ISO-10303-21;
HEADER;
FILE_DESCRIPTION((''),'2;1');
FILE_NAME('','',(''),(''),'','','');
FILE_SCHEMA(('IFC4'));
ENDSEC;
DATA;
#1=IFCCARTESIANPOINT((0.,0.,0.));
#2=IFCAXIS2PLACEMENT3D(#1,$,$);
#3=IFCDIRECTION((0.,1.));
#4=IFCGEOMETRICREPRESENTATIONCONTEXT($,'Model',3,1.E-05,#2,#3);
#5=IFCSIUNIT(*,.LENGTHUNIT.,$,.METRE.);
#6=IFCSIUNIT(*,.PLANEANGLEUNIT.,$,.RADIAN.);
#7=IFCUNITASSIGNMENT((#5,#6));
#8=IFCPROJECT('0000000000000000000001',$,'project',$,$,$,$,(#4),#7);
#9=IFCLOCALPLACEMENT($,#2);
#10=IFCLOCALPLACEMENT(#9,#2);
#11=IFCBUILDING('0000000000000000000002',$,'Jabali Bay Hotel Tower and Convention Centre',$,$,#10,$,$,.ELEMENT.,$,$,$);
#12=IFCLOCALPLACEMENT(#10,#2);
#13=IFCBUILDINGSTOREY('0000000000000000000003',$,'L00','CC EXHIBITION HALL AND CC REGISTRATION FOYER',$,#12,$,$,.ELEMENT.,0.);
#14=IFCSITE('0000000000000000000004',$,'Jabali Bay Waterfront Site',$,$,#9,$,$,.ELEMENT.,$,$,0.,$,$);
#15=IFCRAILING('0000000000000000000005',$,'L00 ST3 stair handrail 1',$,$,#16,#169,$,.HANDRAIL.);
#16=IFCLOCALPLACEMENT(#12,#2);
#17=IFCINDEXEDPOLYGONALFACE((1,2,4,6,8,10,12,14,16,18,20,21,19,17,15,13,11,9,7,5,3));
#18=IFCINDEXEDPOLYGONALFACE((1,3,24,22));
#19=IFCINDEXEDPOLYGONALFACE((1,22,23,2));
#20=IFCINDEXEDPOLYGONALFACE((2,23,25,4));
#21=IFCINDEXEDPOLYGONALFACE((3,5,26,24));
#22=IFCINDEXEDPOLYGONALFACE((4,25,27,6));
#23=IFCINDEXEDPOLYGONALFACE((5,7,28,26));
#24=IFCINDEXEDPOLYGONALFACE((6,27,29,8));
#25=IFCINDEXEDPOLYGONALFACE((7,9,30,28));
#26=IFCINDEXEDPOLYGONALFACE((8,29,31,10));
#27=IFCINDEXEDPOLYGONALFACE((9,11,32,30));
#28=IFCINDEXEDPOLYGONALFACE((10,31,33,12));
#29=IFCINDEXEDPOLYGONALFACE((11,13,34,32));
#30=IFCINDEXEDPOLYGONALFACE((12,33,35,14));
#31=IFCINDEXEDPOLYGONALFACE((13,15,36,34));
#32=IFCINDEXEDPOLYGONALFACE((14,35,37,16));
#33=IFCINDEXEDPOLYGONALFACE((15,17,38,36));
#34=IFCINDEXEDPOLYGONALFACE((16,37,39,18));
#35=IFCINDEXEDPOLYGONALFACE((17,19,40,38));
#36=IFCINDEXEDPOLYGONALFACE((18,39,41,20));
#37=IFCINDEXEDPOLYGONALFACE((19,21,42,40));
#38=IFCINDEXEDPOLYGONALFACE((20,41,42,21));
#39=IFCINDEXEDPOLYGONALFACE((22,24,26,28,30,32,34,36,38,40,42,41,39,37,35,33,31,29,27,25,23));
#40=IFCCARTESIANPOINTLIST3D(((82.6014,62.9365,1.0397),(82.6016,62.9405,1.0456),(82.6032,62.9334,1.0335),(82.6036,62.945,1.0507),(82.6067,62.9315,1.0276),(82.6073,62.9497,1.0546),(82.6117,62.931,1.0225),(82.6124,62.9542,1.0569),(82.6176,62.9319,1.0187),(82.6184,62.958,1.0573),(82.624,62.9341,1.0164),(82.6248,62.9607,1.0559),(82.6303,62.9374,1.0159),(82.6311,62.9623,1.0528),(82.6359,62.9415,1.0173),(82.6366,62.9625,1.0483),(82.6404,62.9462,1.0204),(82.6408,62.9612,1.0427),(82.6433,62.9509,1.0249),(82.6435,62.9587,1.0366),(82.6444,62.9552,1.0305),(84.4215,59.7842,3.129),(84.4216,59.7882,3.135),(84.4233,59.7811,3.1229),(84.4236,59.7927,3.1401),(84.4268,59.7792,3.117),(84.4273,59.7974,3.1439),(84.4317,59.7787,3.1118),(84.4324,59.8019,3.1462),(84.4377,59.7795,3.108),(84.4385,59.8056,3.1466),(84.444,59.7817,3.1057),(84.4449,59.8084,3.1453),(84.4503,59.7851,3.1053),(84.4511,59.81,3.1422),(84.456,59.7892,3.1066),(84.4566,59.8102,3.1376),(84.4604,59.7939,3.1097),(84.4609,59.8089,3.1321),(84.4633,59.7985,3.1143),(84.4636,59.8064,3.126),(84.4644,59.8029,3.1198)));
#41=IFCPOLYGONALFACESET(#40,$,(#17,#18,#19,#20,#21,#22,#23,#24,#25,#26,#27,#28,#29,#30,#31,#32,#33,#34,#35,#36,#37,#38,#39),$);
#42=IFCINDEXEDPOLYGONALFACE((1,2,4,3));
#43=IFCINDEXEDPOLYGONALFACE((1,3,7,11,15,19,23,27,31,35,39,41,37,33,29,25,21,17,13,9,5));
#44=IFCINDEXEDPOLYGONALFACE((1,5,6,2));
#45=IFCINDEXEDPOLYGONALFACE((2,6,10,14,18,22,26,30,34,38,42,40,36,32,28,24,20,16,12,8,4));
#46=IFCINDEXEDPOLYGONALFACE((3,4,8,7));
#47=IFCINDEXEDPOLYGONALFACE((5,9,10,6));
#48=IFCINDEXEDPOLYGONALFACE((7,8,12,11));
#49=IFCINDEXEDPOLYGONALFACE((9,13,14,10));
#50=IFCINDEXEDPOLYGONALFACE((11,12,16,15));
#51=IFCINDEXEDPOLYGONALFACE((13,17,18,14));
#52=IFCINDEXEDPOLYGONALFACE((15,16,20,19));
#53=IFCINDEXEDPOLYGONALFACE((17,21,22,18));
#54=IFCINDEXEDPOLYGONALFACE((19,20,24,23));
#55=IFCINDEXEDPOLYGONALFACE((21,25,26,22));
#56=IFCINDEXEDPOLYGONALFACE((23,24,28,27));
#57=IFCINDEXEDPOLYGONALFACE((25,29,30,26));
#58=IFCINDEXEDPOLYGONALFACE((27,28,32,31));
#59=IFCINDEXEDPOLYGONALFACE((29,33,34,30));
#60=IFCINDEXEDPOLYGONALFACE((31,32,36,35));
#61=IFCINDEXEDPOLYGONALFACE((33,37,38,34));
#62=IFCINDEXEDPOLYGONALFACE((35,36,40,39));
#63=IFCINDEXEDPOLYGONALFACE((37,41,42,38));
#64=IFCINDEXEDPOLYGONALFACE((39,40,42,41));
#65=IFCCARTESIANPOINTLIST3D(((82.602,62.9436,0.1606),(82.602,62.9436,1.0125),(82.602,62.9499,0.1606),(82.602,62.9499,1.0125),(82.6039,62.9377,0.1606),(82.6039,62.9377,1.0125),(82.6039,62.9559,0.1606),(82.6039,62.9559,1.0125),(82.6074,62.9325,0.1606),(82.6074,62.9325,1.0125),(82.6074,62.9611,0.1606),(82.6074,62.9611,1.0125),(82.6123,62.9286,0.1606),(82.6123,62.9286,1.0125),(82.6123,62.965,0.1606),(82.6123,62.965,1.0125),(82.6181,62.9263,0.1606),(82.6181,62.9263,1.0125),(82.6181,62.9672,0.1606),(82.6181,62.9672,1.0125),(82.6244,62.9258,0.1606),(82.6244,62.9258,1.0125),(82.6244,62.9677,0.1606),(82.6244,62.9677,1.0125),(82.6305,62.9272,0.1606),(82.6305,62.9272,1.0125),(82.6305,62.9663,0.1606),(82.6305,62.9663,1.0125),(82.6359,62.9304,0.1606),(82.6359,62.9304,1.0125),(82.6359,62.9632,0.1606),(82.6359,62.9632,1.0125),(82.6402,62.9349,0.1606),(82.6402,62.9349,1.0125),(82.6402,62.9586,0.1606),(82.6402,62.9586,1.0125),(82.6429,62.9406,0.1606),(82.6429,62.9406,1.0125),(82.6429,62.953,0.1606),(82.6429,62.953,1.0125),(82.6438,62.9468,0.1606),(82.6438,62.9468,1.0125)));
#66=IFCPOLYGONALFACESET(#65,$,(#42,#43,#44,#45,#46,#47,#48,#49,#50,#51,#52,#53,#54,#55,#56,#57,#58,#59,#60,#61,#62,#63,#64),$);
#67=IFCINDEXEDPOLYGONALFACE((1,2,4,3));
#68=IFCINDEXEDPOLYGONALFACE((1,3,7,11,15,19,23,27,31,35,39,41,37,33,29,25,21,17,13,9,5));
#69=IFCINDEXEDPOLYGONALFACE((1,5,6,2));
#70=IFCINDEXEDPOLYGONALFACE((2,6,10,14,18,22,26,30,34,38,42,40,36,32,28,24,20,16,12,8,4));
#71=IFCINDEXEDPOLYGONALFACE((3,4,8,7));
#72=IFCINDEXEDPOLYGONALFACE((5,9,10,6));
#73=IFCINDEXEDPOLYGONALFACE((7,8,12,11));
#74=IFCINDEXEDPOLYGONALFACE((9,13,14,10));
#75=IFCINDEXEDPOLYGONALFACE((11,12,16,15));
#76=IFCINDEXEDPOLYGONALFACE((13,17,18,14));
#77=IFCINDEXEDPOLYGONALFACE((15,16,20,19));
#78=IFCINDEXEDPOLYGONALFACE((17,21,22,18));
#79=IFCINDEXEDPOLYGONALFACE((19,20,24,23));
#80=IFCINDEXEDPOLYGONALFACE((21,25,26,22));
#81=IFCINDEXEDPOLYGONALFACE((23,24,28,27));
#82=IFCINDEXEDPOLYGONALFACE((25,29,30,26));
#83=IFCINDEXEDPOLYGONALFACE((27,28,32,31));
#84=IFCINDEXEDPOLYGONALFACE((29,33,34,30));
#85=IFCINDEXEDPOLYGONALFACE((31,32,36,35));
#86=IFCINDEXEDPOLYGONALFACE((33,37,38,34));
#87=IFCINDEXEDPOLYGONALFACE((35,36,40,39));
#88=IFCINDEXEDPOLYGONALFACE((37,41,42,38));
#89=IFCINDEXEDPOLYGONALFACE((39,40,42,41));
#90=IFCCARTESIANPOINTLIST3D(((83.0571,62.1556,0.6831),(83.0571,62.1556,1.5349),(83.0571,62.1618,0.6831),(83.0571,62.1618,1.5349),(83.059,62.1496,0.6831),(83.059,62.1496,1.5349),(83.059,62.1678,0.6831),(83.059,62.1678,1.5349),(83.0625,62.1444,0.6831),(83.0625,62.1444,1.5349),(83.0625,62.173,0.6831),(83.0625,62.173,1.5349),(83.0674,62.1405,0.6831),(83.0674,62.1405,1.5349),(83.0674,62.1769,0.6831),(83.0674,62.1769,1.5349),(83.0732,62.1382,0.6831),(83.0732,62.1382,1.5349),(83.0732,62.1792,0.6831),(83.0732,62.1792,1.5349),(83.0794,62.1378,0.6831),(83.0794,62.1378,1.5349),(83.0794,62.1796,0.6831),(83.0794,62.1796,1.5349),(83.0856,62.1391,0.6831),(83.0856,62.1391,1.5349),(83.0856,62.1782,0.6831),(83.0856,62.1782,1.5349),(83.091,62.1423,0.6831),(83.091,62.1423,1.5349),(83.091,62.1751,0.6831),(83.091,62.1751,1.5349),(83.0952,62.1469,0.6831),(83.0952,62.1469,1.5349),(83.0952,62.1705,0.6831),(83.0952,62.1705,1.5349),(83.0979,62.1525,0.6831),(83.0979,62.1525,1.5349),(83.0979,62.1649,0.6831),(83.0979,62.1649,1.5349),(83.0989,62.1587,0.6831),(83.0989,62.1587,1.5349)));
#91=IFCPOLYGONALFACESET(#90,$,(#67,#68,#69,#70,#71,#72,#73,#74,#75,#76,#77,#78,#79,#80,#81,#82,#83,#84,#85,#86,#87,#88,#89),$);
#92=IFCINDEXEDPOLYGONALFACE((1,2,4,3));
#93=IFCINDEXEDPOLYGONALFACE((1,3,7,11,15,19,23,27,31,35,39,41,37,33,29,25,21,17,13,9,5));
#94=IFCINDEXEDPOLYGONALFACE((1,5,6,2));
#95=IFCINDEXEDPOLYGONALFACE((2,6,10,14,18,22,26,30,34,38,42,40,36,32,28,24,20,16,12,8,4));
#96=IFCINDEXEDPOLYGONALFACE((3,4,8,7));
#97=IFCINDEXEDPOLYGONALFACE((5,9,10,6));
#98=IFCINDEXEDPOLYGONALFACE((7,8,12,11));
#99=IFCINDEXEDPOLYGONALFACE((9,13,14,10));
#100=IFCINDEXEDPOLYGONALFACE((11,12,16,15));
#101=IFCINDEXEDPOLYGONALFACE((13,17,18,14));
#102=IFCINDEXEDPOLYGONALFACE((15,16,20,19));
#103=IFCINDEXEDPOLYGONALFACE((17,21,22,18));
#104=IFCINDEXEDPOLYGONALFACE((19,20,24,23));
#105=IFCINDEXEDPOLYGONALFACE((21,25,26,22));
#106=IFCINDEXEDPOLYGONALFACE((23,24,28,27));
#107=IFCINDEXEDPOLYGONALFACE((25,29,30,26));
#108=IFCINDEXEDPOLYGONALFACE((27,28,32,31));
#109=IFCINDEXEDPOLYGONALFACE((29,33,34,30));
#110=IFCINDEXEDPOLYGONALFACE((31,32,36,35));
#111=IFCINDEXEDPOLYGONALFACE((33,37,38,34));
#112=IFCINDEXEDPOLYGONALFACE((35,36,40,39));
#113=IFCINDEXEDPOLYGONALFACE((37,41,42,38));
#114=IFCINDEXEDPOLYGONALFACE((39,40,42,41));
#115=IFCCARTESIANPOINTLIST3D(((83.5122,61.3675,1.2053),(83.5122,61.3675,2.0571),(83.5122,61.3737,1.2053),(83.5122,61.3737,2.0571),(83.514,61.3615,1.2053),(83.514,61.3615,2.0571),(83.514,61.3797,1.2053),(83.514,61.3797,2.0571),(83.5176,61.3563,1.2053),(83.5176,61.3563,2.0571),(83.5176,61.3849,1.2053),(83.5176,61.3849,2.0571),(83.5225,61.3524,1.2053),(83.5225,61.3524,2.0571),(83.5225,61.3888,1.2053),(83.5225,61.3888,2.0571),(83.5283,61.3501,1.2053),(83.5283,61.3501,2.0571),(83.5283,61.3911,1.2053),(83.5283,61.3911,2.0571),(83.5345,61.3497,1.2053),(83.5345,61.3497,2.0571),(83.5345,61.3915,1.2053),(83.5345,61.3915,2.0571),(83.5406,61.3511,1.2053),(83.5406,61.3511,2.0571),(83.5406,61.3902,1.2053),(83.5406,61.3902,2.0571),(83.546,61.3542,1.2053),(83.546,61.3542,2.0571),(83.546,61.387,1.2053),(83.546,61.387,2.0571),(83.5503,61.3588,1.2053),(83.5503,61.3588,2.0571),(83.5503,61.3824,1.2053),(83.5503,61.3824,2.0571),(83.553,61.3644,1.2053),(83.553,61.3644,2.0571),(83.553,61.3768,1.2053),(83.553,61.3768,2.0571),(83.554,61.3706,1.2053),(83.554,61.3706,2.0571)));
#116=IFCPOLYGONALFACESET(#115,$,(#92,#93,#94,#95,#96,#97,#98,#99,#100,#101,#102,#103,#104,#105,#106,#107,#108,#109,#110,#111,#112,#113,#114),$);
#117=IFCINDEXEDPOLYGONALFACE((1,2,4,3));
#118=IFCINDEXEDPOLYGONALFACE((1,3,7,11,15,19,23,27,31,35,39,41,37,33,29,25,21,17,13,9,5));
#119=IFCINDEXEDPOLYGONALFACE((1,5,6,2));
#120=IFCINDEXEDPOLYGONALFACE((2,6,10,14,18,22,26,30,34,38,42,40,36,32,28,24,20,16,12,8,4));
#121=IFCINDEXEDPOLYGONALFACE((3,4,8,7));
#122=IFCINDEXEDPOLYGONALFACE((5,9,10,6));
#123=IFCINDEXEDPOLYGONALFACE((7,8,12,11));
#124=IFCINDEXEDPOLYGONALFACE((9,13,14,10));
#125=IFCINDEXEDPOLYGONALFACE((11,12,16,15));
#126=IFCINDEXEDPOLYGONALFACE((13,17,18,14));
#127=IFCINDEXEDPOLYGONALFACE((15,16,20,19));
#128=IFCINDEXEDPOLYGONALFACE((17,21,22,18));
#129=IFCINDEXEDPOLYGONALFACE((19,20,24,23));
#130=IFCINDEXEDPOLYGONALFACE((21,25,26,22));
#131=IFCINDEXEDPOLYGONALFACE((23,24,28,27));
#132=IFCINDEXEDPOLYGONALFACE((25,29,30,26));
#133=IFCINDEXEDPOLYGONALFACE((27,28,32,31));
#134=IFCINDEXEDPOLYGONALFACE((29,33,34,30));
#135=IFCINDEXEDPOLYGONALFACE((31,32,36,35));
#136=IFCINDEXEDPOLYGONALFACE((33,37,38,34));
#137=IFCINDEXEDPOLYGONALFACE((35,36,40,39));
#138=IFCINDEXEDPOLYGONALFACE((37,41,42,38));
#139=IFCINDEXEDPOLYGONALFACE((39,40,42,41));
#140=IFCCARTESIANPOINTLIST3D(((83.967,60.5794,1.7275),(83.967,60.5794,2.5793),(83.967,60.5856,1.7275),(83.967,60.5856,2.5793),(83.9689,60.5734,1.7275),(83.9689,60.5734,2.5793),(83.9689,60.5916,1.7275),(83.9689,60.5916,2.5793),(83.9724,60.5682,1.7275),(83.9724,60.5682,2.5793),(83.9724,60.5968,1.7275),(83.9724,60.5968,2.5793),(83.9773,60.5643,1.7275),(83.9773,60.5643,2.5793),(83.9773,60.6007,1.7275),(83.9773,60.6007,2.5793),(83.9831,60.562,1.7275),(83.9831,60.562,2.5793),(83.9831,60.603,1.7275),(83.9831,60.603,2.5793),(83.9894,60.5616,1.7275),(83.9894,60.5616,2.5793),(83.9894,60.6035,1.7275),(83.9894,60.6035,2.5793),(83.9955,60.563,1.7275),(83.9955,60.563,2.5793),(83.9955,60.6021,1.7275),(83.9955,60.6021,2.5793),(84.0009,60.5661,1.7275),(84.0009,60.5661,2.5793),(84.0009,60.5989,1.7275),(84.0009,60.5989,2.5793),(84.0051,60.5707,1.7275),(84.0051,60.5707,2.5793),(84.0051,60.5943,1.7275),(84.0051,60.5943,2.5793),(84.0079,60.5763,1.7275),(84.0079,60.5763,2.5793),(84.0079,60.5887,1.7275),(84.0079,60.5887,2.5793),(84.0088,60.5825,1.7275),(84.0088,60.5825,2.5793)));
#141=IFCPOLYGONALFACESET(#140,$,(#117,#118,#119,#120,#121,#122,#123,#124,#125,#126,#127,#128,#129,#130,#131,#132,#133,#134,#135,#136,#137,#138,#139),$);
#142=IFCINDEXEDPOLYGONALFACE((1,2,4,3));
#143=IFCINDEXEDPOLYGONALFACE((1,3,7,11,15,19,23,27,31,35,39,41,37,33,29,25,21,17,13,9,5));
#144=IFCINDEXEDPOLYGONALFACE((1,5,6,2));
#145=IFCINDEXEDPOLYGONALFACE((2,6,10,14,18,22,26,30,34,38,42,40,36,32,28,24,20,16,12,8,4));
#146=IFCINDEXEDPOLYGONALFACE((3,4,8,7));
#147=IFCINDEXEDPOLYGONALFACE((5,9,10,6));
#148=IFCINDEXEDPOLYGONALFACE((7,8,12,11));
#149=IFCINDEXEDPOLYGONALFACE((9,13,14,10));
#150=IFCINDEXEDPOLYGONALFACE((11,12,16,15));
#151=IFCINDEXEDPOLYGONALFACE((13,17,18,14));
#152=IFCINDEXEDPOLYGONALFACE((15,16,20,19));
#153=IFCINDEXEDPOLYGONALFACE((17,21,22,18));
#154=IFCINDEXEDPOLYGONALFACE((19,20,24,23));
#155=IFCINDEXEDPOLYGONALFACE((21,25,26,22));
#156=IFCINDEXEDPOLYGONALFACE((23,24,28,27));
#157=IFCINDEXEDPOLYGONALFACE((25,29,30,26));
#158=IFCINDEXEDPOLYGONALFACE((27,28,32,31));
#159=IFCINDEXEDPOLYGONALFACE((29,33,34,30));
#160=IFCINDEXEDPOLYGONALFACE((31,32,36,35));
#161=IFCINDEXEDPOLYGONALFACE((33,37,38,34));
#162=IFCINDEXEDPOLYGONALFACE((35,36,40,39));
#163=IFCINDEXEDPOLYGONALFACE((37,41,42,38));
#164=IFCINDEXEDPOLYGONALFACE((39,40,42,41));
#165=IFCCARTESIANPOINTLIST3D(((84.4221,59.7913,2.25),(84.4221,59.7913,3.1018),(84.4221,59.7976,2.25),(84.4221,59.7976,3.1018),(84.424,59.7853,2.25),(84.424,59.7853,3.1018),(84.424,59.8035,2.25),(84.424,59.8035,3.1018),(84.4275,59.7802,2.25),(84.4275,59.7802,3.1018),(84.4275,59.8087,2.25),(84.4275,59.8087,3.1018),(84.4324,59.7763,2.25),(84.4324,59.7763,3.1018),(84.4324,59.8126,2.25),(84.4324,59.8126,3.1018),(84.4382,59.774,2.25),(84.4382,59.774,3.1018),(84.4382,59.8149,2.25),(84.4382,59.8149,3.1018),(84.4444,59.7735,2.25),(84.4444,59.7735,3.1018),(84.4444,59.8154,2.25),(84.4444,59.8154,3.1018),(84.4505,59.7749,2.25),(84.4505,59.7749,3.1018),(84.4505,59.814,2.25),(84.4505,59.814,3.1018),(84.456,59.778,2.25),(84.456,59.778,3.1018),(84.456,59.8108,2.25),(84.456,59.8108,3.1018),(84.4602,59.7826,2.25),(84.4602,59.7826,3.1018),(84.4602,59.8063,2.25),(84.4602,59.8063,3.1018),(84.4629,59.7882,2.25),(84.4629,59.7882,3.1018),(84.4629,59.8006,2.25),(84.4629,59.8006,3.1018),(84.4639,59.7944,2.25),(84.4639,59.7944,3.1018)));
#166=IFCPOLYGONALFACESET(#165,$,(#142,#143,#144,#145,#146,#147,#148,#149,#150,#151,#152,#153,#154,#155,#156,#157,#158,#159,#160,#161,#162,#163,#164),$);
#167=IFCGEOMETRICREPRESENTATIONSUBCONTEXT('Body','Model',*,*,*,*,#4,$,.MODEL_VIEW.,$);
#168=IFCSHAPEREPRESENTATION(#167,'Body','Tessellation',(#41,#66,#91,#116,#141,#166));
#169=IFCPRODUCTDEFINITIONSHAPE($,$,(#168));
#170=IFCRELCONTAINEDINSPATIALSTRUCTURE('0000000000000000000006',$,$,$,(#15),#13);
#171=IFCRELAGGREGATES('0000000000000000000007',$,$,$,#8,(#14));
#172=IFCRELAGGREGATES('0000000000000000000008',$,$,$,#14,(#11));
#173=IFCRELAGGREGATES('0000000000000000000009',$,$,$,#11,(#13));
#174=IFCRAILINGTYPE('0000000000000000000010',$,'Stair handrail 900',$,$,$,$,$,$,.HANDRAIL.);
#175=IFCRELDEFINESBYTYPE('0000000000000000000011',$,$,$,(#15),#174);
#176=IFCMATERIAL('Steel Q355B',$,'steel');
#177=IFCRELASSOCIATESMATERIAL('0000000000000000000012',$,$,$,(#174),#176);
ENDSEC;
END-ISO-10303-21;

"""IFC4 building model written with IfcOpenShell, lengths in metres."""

from ifc_helpers import new_model, si_unit, direction, frame, origin, origin_2d, place, context, subcontext, project, spatial, circle, extrude, material, type_object, element, save


model = new_model("IFC4")

# Units and contexts
model_context = context("Model", 3, precision=1e-05, world=origin(), true_north=direction((0.0, 1.0)))
body_context = subcontext(model_context, "Body", "Model", "MODEL_VIEW")
ifc_project = project(units=[si_unit("LENGTHUNIT", "METRE"), si_unit("PLANEANGLEUNIT", "RADIAN")], contexts=[model_context])

# Site, building, storey
site_placement = place(None, origin())
site = spatial("IfcSite", under=ifc_project, at=site_placement, Name="Jabali Bay Waterfront Site", CompositionType="ELEMENT", RefElevation=0.0)
building_placement = place(site_placement, origin())
building = spatial("IfcBuilding", under=site, at=building_placement, Name="Jabali Bay Hotel Tower and Convention Centre", CompositionType="ELEMENT")
storey_placement = place(building_placement, origin())
storey = spatial("IfcBuildingStorey", under=building, at=storey_placement, Name="L00", Description="CC EXHIBITION HALL AND CC REGISTRATION FOYER", CompositionType="ELEMENT", Elevation=0.0)

# Railing
ifc_material_1 = material(Name="Steel Q355B", Category="steel")
railing_type_1 = type_object("IfcRailingType", Name="Stair handrail 900", PredefinedType="HANDRAIL", material=ifc_material_1)
for number, where, name in (
    (1, (82.6228, 62.9468, 0.1606), "L00 ST3 stair handrail 1"),
):
    element("IfcRailing", number, at=place(storey_placement, frame(where)), inside=storey, type_object=railing_type_1, Name=name, PredefinedType="HANDRAIL", context=body_context, shape_type="SweptSolid", body=[
        extrude(circle(Radius=0.0239, at=origin_2d()), frame((0.0, 0.0, 0.876), z_axis=(0.433653, -0.751084, 0.497814), x_axis=(0.866018, 0.500013, 0.0)), (0.0, 0.0, 1.0), 4.197),
        extrude(circle(Radius=0.021, at=origin_2d()), origin(), (0.0, 0.0, 1.0), 0.8518),
        extrude(circle(Radius=0.021, at=origin_2d()), frame((0.4551, -0.7881, 0.5225)), (0.0, 0.0, 1.0), 0.8518),
        extrude(circle(Radius=0.021, at=origin_2d()), frame((0.9102, -1.5762, 1.0447)), (0.0, 0.0, 1.0), 0.8518),
        extrude(circle(Radius=0.021, at=origin_2d()), frame((1.365, -2.3643, 1.5669)), (0.0, 0.0, 1.0), 0.8518),
        extrude(circle(Radius=0.021, at=origin_2d()), frame((1.8201, -3.1523, 2.0894)), (0.0, 0.0, 1.0), 0.8518),
    ])

save(model, "model.ifc")
